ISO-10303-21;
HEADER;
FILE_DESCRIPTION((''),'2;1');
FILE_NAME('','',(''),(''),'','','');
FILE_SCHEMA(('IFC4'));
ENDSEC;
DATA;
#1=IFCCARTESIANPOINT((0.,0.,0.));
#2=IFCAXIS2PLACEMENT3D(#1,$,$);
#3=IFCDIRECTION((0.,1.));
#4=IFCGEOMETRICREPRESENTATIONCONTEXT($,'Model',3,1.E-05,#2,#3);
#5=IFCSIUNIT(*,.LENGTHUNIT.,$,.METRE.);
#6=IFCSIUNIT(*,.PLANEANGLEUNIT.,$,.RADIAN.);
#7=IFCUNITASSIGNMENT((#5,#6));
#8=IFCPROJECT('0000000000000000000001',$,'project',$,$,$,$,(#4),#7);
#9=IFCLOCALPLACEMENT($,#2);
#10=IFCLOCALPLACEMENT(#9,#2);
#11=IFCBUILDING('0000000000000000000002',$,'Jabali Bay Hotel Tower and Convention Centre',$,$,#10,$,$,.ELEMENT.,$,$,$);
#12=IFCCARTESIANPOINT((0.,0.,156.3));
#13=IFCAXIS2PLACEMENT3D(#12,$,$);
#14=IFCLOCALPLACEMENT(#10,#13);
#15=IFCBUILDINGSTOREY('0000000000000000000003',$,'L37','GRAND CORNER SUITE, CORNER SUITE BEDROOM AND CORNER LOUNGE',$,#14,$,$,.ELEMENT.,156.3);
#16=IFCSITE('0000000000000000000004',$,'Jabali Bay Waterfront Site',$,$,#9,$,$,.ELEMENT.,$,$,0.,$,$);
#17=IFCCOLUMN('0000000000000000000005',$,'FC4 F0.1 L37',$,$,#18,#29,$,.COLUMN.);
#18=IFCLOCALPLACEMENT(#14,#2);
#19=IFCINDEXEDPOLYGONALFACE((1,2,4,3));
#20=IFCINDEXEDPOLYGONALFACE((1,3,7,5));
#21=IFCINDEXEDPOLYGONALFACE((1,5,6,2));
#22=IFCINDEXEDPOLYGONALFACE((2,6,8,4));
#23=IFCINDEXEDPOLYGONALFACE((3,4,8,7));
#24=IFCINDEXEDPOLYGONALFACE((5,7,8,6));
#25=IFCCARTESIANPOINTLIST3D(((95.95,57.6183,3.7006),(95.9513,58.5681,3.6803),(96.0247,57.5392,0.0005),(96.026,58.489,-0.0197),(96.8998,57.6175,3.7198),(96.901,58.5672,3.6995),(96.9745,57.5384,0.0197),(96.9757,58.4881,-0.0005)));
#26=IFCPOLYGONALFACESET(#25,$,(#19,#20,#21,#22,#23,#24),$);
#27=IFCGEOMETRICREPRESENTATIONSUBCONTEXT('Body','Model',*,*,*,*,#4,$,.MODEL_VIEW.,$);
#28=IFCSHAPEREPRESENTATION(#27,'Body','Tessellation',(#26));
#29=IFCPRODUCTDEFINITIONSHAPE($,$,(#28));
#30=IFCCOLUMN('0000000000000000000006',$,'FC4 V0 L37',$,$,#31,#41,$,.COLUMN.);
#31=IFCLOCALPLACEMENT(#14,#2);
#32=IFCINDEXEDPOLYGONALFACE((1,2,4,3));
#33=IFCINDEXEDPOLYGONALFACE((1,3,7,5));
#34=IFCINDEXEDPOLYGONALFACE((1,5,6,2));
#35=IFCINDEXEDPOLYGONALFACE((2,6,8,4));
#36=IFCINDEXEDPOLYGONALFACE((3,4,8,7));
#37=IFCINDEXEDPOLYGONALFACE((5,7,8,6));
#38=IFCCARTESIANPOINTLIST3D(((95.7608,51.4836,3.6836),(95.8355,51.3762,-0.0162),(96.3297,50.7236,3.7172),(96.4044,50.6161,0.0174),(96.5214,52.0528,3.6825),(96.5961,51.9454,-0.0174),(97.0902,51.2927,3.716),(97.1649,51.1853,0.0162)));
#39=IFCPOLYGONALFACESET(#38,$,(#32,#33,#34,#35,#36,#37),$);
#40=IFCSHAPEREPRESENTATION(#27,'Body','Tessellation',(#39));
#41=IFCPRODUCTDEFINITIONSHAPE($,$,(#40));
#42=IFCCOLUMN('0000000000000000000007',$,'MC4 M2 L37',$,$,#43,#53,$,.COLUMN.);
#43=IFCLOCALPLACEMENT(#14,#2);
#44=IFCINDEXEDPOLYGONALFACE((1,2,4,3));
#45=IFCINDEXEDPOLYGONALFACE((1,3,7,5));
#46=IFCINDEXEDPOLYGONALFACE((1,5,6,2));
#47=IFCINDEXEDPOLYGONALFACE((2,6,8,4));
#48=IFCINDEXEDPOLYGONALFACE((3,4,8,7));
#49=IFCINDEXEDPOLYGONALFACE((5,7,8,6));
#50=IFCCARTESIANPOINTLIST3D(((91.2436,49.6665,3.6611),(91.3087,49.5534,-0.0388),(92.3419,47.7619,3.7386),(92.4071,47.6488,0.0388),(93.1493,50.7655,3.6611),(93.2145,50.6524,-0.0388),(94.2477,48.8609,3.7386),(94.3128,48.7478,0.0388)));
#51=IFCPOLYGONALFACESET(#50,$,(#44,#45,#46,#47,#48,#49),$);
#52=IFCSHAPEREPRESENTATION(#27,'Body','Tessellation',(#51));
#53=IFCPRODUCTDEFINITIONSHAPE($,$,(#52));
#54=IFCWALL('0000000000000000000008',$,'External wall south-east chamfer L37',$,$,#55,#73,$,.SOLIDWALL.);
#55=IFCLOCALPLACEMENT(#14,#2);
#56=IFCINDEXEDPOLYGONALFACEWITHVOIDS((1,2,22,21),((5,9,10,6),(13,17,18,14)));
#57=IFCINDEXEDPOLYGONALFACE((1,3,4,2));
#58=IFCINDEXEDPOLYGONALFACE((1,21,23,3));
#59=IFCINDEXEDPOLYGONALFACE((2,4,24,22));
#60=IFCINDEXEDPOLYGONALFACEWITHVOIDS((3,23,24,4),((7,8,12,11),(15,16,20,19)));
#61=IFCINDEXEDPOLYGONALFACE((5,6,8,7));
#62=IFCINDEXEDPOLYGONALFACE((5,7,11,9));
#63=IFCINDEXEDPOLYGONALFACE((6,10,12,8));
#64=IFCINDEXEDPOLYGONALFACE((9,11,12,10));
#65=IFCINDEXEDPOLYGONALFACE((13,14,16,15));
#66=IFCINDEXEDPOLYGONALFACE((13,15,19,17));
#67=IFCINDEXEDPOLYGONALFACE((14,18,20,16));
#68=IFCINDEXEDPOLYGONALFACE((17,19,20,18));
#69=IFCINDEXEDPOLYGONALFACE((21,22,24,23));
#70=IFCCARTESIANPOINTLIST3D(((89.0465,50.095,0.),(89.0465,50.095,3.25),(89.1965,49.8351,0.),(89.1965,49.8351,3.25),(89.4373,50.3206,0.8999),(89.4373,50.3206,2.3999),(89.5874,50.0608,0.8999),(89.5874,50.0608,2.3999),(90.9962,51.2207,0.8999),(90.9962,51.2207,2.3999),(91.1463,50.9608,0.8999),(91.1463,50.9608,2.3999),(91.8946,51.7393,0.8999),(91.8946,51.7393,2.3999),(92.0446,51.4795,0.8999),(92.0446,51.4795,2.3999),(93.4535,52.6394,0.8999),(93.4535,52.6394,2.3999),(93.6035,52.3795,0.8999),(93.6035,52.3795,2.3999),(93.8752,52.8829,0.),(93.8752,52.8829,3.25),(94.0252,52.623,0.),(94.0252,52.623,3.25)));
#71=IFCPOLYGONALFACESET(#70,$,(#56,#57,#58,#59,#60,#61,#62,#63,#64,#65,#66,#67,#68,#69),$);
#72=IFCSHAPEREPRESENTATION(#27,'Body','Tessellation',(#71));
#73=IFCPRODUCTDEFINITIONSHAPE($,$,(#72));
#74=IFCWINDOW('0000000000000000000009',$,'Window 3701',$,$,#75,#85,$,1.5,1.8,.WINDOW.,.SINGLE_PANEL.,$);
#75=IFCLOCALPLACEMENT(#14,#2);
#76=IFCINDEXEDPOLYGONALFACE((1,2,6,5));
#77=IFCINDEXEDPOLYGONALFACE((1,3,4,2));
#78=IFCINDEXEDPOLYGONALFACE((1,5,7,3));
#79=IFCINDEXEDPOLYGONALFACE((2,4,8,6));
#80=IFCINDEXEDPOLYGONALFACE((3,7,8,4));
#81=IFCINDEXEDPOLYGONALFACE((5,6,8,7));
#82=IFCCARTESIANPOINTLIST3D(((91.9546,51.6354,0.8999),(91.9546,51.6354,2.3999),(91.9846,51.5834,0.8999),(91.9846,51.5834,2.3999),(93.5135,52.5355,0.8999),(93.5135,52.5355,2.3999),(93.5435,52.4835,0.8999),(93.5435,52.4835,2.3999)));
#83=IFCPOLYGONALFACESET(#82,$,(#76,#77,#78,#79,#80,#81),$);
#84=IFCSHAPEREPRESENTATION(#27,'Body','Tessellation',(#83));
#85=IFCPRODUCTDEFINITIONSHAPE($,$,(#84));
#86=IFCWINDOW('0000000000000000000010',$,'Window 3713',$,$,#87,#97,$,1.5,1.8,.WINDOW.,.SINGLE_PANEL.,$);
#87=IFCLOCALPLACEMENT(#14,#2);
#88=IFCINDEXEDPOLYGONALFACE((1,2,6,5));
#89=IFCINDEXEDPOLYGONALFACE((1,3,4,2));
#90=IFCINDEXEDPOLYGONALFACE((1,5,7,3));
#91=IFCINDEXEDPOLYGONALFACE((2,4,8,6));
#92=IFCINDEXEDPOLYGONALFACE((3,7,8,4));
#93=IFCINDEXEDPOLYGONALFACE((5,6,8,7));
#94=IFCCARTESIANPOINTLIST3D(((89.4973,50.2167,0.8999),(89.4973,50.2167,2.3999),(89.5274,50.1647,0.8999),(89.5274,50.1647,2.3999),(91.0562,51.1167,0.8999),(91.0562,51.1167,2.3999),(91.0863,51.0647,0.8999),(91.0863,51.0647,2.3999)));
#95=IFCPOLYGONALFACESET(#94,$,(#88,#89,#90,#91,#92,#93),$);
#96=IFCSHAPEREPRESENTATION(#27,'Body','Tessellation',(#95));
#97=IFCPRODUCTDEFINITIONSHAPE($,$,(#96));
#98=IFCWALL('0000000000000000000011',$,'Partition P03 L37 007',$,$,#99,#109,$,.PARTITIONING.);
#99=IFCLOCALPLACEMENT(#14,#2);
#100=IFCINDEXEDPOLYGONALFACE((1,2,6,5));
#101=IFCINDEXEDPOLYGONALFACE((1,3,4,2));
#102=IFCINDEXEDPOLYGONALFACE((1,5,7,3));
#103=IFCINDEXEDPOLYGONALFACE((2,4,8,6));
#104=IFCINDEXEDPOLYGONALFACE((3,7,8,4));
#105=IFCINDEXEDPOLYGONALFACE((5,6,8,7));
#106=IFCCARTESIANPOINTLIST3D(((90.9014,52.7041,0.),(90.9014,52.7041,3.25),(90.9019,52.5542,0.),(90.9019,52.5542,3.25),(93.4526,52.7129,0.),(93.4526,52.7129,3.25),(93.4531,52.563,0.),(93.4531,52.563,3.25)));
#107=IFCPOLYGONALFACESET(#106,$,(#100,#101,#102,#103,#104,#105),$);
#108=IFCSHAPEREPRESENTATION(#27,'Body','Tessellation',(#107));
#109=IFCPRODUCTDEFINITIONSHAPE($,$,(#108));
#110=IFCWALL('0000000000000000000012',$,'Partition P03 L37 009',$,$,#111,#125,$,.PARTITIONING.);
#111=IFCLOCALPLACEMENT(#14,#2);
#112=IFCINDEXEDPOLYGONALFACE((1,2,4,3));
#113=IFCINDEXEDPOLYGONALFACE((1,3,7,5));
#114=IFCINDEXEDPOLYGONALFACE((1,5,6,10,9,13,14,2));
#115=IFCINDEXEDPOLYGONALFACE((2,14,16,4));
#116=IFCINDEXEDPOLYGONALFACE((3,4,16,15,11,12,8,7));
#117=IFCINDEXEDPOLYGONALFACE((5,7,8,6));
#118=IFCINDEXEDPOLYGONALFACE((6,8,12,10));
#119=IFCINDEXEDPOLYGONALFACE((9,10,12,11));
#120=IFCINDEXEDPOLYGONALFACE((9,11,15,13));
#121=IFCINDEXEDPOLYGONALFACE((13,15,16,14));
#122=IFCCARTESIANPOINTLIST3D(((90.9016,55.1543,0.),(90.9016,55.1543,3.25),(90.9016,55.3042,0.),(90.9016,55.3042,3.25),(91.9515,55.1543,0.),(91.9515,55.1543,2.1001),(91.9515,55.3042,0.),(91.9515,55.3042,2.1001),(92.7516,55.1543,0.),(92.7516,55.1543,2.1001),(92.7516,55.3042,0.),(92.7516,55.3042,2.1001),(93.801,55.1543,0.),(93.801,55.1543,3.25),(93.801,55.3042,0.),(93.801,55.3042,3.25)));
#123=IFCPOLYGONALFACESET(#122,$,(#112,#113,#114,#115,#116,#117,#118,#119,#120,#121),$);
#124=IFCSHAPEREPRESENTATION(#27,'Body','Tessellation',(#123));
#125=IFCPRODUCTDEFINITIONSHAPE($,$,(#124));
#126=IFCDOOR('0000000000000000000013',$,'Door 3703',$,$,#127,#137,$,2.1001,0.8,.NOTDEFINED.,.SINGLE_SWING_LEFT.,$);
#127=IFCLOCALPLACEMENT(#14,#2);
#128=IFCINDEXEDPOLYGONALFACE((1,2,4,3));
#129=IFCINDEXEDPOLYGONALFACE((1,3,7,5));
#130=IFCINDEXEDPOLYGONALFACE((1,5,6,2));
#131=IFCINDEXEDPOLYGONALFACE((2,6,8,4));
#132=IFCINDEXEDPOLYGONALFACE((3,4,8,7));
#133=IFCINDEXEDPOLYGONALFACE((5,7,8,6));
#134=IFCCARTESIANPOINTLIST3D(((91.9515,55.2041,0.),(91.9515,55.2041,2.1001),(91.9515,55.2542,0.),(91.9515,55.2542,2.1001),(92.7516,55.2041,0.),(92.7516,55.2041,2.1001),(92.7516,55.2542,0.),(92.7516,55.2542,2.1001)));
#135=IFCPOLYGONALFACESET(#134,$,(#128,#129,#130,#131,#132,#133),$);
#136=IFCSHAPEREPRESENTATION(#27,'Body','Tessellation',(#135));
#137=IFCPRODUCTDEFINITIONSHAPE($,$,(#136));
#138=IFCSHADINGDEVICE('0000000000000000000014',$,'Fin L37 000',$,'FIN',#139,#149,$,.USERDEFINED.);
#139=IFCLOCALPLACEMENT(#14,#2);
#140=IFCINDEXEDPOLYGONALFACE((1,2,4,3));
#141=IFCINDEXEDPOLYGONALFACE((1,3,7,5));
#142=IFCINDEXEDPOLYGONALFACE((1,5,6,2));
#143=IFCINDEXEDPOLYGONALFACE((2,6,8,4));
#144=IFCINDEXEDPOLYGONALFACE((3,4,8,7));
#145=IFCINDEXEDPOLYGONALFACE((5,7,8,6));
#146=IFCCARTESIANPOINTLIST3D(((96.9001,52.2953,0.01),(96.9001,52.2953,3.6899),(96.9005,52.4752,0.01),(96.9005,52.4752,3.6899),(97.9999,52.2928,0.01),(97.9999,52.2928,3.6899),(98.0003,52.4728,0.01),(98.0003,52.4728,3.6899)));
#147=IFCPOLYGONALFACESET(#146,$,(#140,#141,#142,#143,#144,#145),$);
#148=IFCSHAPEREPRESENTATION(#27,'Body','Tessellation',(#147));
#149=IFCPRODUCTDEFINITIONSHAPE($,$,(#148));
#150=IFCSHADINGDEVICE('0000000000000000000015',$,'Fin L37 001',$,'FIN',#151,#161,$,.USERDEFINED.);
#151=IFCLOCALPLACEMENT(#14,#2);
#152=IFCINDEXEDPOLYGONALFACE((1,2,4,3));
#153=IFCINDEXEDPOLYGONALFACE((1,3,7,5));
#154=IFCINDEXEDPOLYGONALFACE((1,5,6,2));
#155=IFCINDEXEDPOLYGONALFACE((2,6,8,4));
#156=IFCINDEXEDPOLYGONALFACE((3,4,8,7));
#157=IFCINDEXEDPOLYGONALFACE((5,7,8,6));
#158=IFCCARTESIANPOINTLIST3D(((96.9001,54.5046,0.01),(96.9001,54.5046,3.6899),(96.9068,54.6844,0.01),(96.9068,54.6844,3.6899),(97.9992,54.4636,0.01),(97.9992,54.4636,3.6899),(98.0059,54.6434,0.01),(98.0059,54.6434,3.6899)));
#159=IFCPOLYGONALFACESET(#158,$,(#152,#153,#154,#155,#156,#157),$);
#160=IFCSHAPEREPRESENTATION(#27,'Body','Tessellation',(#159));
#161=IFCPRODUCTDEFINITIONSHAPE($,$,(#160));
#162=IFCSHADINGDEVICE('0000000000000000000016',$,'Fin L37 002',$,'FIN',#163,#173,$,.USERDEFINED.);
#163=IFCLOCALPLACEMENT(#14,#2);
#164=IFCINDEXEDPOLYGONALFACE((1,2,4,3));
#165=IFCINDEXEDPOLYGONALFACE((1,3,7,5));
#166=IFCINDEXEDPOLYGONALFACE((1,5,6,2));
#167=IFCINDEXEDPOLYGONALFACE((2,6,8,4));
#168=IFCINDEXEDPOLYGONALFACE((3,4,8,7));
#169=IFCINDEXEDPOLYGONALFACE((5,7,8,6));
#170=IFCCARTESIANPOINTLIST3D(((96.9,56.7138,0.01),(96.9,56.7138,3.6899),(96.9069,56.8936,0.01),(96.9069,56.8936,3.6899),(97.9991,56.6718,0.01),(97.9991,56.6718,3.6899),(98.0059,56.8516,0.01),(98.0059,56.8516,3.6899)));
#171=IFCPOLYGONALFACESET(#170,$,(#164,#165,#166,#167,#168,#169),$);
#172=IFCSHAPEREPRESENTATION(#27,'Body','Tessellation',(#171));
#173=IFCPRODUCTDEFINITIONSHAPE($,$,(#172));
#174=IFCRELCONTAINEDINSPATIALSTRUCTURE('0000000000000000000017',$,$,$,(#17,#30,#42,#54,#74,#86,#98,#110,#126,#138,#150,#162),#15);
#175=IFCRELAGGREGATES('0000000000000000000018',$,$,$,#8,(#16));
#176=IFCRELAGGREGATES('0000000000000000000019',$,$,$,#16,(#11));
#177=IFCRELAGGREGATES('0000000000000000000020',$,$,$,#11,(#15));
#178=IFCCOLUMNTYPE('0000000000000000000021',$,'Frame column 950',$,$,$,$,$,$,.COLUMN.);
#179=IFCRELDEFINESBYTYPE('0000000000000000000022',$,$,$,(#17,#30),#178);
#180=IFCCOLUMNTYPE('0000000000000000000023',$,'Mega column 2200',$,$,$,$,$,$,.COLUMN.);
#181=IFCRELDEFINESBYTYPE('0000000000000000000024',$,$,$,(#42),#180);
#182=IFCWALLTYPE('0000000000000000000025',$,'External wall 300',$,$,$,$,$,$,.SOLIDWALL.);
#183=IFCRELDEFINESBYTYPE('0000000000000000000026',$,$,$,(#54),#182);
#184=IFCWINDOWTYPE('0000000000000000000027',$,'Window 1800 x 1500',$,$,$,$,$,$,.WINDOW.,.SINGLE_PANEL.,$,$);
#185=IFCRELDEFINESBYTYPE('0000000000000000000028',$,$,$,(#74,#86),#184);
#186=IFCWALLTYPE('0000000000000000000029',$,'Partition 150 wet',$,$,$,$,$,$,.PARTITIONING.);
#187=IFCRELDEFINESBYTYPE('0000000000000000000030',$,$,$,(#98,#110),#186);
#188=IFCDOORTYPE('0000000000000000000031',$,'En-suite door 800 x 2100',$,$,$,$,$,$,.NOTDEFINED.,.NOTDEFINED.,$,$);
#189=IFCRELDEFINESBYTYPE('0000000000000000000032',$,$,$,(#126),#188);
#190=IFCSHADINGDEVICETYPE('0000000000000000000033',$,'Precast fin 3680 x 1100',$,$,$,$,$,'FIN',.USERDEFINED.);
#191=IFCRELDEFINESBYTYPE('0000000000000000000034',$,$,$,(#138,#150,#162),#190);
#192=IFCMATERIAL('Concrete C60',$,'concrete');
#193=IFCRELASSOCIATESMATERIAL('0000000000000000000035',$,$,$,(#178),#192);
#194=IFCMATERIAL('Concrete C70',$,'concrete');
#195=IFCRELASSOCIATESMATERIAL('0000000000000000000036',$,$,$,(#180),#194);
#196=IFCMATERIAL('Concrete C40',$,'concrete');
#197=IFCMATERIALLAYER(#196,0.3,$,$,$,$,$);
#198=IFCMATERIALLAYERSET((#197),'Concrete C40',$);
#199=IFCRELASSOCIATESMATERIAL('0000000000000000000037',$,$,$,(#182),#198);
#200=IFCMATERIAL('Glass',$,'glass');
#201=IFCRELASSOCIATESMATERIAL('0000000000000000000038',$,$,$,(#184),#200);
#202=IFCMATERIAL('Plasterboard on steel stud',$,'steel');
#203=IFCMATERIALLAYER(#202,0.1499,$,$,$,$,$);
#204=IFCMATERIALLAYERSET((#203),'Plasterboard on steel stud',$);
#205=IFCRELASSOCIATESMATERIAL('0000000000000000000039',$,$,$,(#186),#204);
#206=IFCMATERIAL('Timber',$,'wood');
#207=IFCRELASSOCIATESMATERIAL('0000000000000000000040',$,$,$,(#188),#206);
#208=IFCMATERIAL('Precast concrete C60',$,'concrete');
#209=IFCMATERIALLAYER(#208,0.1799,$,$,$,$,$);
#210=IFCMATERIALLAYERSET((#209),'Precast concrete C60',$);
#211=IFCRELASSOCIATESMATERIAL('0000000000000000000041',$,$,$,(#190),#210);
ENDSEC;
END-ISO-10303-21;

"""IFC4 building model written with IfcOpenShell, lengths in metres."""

from ifc_helpers import new_model, si_unit, direction, frame, frame_2d, origin, origin_2d, place, context, subcontext, project, spatial, rectangle, extrude, material, layer, layer_set, material_profile, profile_set, type_object, element, fill, save


model = new_model("IFC4")

# Units and contexts
model_context = context("Model", 3, precision=1e-05, world=origin(), true_north=direction((0.0, 1.0)))
body_context = subcontext(model_context, "Body", "Model", "MODEL_VIEW")
ifc_project = project(units=[si_unit("LENGTHUNIT", "METRE"), si_unit("PLANEANGLEUNIT", "RADIAN")], contexts=[model_context])

# Site, building, storey
site_placement = place(None, origin())
site = spatial("IfcSite", under=ifc_project, at=site_placement, Name="Jabali Bay Waterfront Site", CompositionType="ELEMENT", RefElevation=0.0)
building_placement = place(site_placement, origin())
building = spatial("IfcBuilding", under=site, at=building_placement, Name="Jabali Bay Hotel Tower and Convention Centre", CompositionType="ELEMENT")
storey_placement = place(building_placement, frame((0.0, 0.0, 156.3)))
storey = spatial("IfcBuildingStorey", under=building, at=storey_placement, Name="L37", Description="GRAND CORNER SUITE, CORNER SUITE BEDROOM AND CORNER LOUNGE", CompositionType="ELEMENT", Elevation=156.3)

# Columns
ifc_material_1 = material(Name="Concrete C60", Category="concrete")
ifc_material_profile_1 = material_profile(ifc_material_1, rectangle(XDim=0.95, YDim=0.95, at=origin_2d()), Name="Frame column 950")
ifc_profile_set_1 = profile_set([ifc_material_profile_1], Name="Concrete C60")
column_type_1 = type_object("IfcColumnType", Name="Frame column 950", PredefinedType="COLUMN", material=ifc_profile_set_1)
column_1_placement = place(storey_placement, frame((96.5002, 58.0137, 0.0), z_axis=(-0.020183, 0.02137, 0.999568), x_axis=(-0.001315, -0.999771, 0.021348)))
element("IfcColumn", 1, at=column_1_placement, inside=storey, type_object=column_type_1, Name="FC4 F0.1 L37", PredefinedType="COLUMN", context=body_context, shape_type="SweptSolid", body=[
    extrude(rectangle(XDim=0.95, YDim=0.95, at=origin_2d()), origin(), (0.0, 0.0, 1.0), 3.7017),
])
column_2_placement = place(storey_placement, frame((96.5002, 51.2808, 0.0), z_axis=(-0.020179, 0.029015, 0.999375), x_axis=(-0.800634, -0.599153, 0.00123)))
element("IfcColumn", 2, at=column_2_placement, inside=storey, type_object=column_type_1, Name="FC4 V0 L37", PredefinedType="COLUMN", context=body_context, shape_type="SweptSolid", body=[
    extrude(rectangle(XDim=0.95, YDim=0.95, at=origin_2d()), origin(), (0.0, 0.0, 1.0), 3.7021),
])
ifc_material_2 = material(Name="Concrete C70", Category="concrete")
ifc_material_profile_2 = material_profile(ifc_material_2, rectangle(XDim=2.2, YDim=2.2, at=origin_2d()), Name="Mega column 2200")
ifc_profile_set_2 = profile_set([ifc_material_profile_2], Name="Concrete C70")
column_type_2 = type_object("IfcColumnType", Name="Mega column 2200", PredefinedType="COLUMN", material=ifc_profile_set_2)
column_3_placement = place(storey_placement, frame((92.8108, 49.1506, 0.0), z_axis=(-0.017607, 0.030532, 0.999379), x_axis=(0.49925, -0.865741, 0.035245)))
element("IfcColumn", 3, at=column_3_placement, inside=storey, type_object=column_type_2, Name="MC4 M2 L37", PredefinedType="COLUMN", context=body_context, shape_type="SweptSolid", body=[
    extrude(rectangle(XDim=2.2, YDim=2.2, at=origin_2d()), origin(), (0.0, 0.0, 1.0), 3.7021),
])

# Wall, openings, windows
ifc_material_3 = material(Name="Concrete C40", Category="concrete")
ifc_layer_1 = layer(ifc_material_3, 0.3)
ifc_layer_set_1 = layer_set([ifc_layer_1], Name="Concrete C40")
wall_type_1 = type_object("IfcWallType", Name="External wall 300", PredefinedType="SOLIDWALL", material=ifc_layer_set_1)
wall_1_placement = place(storey_placement, frame((93.9502, 52.7529, 0.0), z_axis=(0.0, 0.0, 1.0), x_axis=(-0.866022, -0.500005, 0.0)))
wall_1 = element("IfcWall", 4, at=wall_1_placement, inside=storey, type_object=wall_type_1, Name="External wall south-east chamfer L37", PredefinedType="SOLIDWALL", context=body_context, shape_type="SweptSolid", body=[
    extrude(rectangle(XDim=5.5757, YDim=0.3, at=frame_2d((2.7878, 0.0))), origin(), (0.0, 0.0, 1.0), 3.25),
])
opening_1_placement = place(wall_1_placement, frame((0.4871, 0.0, 0.8999)))
opening_1 = element("IfcOpeningElement", 5, at=opening_1_placement, cuts=wall_1, PredefinedType="OPENING", context=body_context, shape_type="SweptSolid", body=[
    extrude(rectangle(XDim=1.8, YDim=1.5, at=frame_2d((0.8999, 0.75))), frame((0.0, 0.1606, 0.0), z_axis=(0.0, -1.0, 0.0), x_axis=(1.0, 0.0, 0.0)), (0.0, 0.0, 1.0), 0.321),
])
opening_2_placement = place(wall_1_placement, frame((3.3245, 0.0, 0.8999)))
opening_2 = element("IfcOpeningElement", 6, at=opening_2_placement, cuts=wall_1, PredefinedType="OPENING", context=body_context, shape_type="SweptSolid", body=[
    extrude(rectangle(XDim=1.8, YDim=1.5, at=frame_2d((0.8999, 0.75))), frame((0.0, 0.1606, 0.0), z_axis=(0.0, -1.0, 0.0), x_axis=(1.0, 0.0, 0.0)), (0.0, 0.0, 1.0), 0.321),
])
ifc_material_4 = material(Name="Glass", Category="glass")
window_type = type_object("IfcWindowType", Name="Window 1800 x 1500", PartitioningType="SINGLE_PANEL", PredefinedType="WINDOW", material=ifc_material_4)
window_1_placement = place(opening_1_placement, origin())
window_1 = element("IfcWindow", 7, at=window_1_placement, inside=storey, type_object=window_type, Name="Window 3701", OverallHeight=1.5, OverallWidth=1.8, PartitioningType="SINGLE_PANEL", PredefinedType="WINDOW", context=body_context, shape_type="SweptSolid", body=[
    extrude(rectangle(XDim=1.8, YDim=1.5, at=frame_2d((0.8999, 0.75))), frame((0.0, 0.03, 0.0), z_axis=(0.0, -1.0, 0.0), x_axis=(1.0, 0.0, 0.0)), (0.0, 0.0, 1.0), 0.0601),
])
fill(opening_1, window_1)
window_2_placement = place(opening_2_placement, origin())
window_2 = element("IfcWindow", 8, at=window_2_placement, inside=storey, type_object=window_type, Name="Window 3713", OverallHeight=1.5, OverallWidth=1.8, PartitioningType="SINGLE_PANEL", PredefinedType="WINDOW", context=body_context, shape_type="SweptSolid", body=[
    extrude(rectangle(XDim=1.8, YDim=1.5, at=frame_2d((0.8999, 0.75))), frame((0.0, 0.03, 0.0), z_axis=(0.0, -1.0, 0.0), x_axis=(1.0, 0.0, 0.0)), (0.0, 0.0, 1.0), 0.0601),
])
fill(opening_2, window_2)

# Wall
ifc_material_5 = material(Name="Plasterboard on steel stud", Category="steel")
ifc_layer_2 = layer(ifc_material_5, 0.1499)
ifc_layer_set_2 = layer_set([ifc_layer_2], Name="Plasterboard on steel stud")
wall_type_2 = type_object("IfcWallType", Name="Partition 150 wet", PredefinedType="PARTITIONING", material=ifc_layer_set_2)
wall_2_placement = place(storey_placement, frame((93.4529, 52.6379, 0.0), z_axis=(0.0, 0.0, 1.0), x_axis=(-0.999994, -0.003445, 0.0)))
element("IfcWall", 9, at=wall_2_placement, inside=storey, type_object=wall_type_2, Name="Partition P03 L37 007", PredefinedType="PARTITIONING", context=body_context, shape_type="SweptSolid", body=[
    extrude(rectangle(XDim=2.5513, YDim=0.1499, at=frame_2d((1.2756, 0.0))), origin(), (0.0, 0.0, 1.0), 3.25),
])

# Wall, opening, door
wall_3_placement = place(storey_placement, frame((90.9016, 55.2292, 0.0), z_axis=(0.0, 0.0, 1.0), x_axis=(1.0, 0.0, 0.0)))
wall_3 = element("IfcWall", 10, at=wall_3_placement, inside=storey, type_object=wall_type_2, Name="Partition P03 L37 009", PredefinedType="PARTITIONING", context=body_context, shape_type="SweptSolid", body=[
    extrude(rectangle(XDim=2.8994, YDim=0.1499, at=frame_2d((1.4497, 0.0))), origin(), (0.0, 0.0, 1.0), 3.25),
])
opening_3_placement = place(wall_3_placement, frame((1.05, 0.0, 0.0)))
opening_3 = element("IfcOpeningElement", 11, at=opening_3_placement, cuts=wall_3, PredefinedType="OPENING", context=body_context, shape_type="SweptSolid", body=[
    extrude(rectangle(XDim=0.8, YDim=2.1001, at=frame_2d((0.3999, 1.05))), frame((0.0, 0.0854, 0.0), z_axis=(0.0, -1.0, 0.0), x_axis=(1.0, 0.0, 0.0)), (0.0, 0.0, 1.0), 0.1709),
])
ifc_material_6 = material(Name="Timber", Category="wood")
door_type = type_object("IfcDoorType", Name="En-suite door 800 x 2100", OperationType="NOTDEFINED", PredefinedType="NOTDEFINED", material=ifc_material_6)
door_placement = place(opening_3_placement, origin())
door = element("IfcDoor", 12, at=door_placement, inside=storey, type_object=door_type, Name="Door 3703", OperationType="SINGLE_SWING_LEFT", OverallHeight=2.1001, OverallWidth=0.8, PredefinedType="NOTDEFINED", context=body_context, shape_type="SweptSolid", body=[
    extrude(rectangle(XDim=0.8, YDim=2.1001, at=frame_2d((0.3999, 1.05))), frame((0.0, 0.0249, 0.0), z_axis=(0.0, -1.0, 0.0), x_axis=(1.0, 0.0, 0.0)), (0.0, 0.0, 1.0), 0.05),
])
fill(opening_3, door)

# Shading devices
ifc_material_7 = material(Name="Precast concrete C60", Category="concrete")
ifc_layer_3 = layer(ifc_material_7, 0.1799)
ifc_layer_set_3 = layer_set([ifc_layer_3], Name="Precast concrete C60")
shading_device_type_1 = type_object("IfcShadingDeviceType", Name="Precast fin 3680 x 1100", ElementType="FIN", PredefinedType="USERDEFINED", material=ifc_layer_set_3)
for number, where, z_axis, x_axis, name in (
    (13, (96.9004, 52.3853, 0.01), (0.0, 0.0, 1.0), (0.999998, -0.00222, 0.0), "Fin L37 000"),
    (14, (96.9036, 54.5945, 0.01), (0.0, 0.0, 1.0), (0.999304, -0.037291, 0.0), "Fin L37 001"),
    (15, (96.9036, 56.8037, 0.01), (0.0, 0.0, 1.0), (0.999271, -0.038177, 0.0), "Fin L37 002"),
):
    element("IfcShadingDevice", number, at=place(storey_placement, frame(where, z_axis=z_axis, x_axis=x_axis)), inside=storey, type_object=shading_device_type_1, Name=name, ObjectType="FIN", PredefinedType="USERDEFINED", context=body_context, shape_type="SweptSolid", body=[
        extrude(rectangle(XDim=1.0999, YDim=0.1799, at=frame_2d((0.5498, 0.0))), origin(), (0.0, 0.0, 1.0), 3.6799),
    ])

save(model, "model.ifc")
